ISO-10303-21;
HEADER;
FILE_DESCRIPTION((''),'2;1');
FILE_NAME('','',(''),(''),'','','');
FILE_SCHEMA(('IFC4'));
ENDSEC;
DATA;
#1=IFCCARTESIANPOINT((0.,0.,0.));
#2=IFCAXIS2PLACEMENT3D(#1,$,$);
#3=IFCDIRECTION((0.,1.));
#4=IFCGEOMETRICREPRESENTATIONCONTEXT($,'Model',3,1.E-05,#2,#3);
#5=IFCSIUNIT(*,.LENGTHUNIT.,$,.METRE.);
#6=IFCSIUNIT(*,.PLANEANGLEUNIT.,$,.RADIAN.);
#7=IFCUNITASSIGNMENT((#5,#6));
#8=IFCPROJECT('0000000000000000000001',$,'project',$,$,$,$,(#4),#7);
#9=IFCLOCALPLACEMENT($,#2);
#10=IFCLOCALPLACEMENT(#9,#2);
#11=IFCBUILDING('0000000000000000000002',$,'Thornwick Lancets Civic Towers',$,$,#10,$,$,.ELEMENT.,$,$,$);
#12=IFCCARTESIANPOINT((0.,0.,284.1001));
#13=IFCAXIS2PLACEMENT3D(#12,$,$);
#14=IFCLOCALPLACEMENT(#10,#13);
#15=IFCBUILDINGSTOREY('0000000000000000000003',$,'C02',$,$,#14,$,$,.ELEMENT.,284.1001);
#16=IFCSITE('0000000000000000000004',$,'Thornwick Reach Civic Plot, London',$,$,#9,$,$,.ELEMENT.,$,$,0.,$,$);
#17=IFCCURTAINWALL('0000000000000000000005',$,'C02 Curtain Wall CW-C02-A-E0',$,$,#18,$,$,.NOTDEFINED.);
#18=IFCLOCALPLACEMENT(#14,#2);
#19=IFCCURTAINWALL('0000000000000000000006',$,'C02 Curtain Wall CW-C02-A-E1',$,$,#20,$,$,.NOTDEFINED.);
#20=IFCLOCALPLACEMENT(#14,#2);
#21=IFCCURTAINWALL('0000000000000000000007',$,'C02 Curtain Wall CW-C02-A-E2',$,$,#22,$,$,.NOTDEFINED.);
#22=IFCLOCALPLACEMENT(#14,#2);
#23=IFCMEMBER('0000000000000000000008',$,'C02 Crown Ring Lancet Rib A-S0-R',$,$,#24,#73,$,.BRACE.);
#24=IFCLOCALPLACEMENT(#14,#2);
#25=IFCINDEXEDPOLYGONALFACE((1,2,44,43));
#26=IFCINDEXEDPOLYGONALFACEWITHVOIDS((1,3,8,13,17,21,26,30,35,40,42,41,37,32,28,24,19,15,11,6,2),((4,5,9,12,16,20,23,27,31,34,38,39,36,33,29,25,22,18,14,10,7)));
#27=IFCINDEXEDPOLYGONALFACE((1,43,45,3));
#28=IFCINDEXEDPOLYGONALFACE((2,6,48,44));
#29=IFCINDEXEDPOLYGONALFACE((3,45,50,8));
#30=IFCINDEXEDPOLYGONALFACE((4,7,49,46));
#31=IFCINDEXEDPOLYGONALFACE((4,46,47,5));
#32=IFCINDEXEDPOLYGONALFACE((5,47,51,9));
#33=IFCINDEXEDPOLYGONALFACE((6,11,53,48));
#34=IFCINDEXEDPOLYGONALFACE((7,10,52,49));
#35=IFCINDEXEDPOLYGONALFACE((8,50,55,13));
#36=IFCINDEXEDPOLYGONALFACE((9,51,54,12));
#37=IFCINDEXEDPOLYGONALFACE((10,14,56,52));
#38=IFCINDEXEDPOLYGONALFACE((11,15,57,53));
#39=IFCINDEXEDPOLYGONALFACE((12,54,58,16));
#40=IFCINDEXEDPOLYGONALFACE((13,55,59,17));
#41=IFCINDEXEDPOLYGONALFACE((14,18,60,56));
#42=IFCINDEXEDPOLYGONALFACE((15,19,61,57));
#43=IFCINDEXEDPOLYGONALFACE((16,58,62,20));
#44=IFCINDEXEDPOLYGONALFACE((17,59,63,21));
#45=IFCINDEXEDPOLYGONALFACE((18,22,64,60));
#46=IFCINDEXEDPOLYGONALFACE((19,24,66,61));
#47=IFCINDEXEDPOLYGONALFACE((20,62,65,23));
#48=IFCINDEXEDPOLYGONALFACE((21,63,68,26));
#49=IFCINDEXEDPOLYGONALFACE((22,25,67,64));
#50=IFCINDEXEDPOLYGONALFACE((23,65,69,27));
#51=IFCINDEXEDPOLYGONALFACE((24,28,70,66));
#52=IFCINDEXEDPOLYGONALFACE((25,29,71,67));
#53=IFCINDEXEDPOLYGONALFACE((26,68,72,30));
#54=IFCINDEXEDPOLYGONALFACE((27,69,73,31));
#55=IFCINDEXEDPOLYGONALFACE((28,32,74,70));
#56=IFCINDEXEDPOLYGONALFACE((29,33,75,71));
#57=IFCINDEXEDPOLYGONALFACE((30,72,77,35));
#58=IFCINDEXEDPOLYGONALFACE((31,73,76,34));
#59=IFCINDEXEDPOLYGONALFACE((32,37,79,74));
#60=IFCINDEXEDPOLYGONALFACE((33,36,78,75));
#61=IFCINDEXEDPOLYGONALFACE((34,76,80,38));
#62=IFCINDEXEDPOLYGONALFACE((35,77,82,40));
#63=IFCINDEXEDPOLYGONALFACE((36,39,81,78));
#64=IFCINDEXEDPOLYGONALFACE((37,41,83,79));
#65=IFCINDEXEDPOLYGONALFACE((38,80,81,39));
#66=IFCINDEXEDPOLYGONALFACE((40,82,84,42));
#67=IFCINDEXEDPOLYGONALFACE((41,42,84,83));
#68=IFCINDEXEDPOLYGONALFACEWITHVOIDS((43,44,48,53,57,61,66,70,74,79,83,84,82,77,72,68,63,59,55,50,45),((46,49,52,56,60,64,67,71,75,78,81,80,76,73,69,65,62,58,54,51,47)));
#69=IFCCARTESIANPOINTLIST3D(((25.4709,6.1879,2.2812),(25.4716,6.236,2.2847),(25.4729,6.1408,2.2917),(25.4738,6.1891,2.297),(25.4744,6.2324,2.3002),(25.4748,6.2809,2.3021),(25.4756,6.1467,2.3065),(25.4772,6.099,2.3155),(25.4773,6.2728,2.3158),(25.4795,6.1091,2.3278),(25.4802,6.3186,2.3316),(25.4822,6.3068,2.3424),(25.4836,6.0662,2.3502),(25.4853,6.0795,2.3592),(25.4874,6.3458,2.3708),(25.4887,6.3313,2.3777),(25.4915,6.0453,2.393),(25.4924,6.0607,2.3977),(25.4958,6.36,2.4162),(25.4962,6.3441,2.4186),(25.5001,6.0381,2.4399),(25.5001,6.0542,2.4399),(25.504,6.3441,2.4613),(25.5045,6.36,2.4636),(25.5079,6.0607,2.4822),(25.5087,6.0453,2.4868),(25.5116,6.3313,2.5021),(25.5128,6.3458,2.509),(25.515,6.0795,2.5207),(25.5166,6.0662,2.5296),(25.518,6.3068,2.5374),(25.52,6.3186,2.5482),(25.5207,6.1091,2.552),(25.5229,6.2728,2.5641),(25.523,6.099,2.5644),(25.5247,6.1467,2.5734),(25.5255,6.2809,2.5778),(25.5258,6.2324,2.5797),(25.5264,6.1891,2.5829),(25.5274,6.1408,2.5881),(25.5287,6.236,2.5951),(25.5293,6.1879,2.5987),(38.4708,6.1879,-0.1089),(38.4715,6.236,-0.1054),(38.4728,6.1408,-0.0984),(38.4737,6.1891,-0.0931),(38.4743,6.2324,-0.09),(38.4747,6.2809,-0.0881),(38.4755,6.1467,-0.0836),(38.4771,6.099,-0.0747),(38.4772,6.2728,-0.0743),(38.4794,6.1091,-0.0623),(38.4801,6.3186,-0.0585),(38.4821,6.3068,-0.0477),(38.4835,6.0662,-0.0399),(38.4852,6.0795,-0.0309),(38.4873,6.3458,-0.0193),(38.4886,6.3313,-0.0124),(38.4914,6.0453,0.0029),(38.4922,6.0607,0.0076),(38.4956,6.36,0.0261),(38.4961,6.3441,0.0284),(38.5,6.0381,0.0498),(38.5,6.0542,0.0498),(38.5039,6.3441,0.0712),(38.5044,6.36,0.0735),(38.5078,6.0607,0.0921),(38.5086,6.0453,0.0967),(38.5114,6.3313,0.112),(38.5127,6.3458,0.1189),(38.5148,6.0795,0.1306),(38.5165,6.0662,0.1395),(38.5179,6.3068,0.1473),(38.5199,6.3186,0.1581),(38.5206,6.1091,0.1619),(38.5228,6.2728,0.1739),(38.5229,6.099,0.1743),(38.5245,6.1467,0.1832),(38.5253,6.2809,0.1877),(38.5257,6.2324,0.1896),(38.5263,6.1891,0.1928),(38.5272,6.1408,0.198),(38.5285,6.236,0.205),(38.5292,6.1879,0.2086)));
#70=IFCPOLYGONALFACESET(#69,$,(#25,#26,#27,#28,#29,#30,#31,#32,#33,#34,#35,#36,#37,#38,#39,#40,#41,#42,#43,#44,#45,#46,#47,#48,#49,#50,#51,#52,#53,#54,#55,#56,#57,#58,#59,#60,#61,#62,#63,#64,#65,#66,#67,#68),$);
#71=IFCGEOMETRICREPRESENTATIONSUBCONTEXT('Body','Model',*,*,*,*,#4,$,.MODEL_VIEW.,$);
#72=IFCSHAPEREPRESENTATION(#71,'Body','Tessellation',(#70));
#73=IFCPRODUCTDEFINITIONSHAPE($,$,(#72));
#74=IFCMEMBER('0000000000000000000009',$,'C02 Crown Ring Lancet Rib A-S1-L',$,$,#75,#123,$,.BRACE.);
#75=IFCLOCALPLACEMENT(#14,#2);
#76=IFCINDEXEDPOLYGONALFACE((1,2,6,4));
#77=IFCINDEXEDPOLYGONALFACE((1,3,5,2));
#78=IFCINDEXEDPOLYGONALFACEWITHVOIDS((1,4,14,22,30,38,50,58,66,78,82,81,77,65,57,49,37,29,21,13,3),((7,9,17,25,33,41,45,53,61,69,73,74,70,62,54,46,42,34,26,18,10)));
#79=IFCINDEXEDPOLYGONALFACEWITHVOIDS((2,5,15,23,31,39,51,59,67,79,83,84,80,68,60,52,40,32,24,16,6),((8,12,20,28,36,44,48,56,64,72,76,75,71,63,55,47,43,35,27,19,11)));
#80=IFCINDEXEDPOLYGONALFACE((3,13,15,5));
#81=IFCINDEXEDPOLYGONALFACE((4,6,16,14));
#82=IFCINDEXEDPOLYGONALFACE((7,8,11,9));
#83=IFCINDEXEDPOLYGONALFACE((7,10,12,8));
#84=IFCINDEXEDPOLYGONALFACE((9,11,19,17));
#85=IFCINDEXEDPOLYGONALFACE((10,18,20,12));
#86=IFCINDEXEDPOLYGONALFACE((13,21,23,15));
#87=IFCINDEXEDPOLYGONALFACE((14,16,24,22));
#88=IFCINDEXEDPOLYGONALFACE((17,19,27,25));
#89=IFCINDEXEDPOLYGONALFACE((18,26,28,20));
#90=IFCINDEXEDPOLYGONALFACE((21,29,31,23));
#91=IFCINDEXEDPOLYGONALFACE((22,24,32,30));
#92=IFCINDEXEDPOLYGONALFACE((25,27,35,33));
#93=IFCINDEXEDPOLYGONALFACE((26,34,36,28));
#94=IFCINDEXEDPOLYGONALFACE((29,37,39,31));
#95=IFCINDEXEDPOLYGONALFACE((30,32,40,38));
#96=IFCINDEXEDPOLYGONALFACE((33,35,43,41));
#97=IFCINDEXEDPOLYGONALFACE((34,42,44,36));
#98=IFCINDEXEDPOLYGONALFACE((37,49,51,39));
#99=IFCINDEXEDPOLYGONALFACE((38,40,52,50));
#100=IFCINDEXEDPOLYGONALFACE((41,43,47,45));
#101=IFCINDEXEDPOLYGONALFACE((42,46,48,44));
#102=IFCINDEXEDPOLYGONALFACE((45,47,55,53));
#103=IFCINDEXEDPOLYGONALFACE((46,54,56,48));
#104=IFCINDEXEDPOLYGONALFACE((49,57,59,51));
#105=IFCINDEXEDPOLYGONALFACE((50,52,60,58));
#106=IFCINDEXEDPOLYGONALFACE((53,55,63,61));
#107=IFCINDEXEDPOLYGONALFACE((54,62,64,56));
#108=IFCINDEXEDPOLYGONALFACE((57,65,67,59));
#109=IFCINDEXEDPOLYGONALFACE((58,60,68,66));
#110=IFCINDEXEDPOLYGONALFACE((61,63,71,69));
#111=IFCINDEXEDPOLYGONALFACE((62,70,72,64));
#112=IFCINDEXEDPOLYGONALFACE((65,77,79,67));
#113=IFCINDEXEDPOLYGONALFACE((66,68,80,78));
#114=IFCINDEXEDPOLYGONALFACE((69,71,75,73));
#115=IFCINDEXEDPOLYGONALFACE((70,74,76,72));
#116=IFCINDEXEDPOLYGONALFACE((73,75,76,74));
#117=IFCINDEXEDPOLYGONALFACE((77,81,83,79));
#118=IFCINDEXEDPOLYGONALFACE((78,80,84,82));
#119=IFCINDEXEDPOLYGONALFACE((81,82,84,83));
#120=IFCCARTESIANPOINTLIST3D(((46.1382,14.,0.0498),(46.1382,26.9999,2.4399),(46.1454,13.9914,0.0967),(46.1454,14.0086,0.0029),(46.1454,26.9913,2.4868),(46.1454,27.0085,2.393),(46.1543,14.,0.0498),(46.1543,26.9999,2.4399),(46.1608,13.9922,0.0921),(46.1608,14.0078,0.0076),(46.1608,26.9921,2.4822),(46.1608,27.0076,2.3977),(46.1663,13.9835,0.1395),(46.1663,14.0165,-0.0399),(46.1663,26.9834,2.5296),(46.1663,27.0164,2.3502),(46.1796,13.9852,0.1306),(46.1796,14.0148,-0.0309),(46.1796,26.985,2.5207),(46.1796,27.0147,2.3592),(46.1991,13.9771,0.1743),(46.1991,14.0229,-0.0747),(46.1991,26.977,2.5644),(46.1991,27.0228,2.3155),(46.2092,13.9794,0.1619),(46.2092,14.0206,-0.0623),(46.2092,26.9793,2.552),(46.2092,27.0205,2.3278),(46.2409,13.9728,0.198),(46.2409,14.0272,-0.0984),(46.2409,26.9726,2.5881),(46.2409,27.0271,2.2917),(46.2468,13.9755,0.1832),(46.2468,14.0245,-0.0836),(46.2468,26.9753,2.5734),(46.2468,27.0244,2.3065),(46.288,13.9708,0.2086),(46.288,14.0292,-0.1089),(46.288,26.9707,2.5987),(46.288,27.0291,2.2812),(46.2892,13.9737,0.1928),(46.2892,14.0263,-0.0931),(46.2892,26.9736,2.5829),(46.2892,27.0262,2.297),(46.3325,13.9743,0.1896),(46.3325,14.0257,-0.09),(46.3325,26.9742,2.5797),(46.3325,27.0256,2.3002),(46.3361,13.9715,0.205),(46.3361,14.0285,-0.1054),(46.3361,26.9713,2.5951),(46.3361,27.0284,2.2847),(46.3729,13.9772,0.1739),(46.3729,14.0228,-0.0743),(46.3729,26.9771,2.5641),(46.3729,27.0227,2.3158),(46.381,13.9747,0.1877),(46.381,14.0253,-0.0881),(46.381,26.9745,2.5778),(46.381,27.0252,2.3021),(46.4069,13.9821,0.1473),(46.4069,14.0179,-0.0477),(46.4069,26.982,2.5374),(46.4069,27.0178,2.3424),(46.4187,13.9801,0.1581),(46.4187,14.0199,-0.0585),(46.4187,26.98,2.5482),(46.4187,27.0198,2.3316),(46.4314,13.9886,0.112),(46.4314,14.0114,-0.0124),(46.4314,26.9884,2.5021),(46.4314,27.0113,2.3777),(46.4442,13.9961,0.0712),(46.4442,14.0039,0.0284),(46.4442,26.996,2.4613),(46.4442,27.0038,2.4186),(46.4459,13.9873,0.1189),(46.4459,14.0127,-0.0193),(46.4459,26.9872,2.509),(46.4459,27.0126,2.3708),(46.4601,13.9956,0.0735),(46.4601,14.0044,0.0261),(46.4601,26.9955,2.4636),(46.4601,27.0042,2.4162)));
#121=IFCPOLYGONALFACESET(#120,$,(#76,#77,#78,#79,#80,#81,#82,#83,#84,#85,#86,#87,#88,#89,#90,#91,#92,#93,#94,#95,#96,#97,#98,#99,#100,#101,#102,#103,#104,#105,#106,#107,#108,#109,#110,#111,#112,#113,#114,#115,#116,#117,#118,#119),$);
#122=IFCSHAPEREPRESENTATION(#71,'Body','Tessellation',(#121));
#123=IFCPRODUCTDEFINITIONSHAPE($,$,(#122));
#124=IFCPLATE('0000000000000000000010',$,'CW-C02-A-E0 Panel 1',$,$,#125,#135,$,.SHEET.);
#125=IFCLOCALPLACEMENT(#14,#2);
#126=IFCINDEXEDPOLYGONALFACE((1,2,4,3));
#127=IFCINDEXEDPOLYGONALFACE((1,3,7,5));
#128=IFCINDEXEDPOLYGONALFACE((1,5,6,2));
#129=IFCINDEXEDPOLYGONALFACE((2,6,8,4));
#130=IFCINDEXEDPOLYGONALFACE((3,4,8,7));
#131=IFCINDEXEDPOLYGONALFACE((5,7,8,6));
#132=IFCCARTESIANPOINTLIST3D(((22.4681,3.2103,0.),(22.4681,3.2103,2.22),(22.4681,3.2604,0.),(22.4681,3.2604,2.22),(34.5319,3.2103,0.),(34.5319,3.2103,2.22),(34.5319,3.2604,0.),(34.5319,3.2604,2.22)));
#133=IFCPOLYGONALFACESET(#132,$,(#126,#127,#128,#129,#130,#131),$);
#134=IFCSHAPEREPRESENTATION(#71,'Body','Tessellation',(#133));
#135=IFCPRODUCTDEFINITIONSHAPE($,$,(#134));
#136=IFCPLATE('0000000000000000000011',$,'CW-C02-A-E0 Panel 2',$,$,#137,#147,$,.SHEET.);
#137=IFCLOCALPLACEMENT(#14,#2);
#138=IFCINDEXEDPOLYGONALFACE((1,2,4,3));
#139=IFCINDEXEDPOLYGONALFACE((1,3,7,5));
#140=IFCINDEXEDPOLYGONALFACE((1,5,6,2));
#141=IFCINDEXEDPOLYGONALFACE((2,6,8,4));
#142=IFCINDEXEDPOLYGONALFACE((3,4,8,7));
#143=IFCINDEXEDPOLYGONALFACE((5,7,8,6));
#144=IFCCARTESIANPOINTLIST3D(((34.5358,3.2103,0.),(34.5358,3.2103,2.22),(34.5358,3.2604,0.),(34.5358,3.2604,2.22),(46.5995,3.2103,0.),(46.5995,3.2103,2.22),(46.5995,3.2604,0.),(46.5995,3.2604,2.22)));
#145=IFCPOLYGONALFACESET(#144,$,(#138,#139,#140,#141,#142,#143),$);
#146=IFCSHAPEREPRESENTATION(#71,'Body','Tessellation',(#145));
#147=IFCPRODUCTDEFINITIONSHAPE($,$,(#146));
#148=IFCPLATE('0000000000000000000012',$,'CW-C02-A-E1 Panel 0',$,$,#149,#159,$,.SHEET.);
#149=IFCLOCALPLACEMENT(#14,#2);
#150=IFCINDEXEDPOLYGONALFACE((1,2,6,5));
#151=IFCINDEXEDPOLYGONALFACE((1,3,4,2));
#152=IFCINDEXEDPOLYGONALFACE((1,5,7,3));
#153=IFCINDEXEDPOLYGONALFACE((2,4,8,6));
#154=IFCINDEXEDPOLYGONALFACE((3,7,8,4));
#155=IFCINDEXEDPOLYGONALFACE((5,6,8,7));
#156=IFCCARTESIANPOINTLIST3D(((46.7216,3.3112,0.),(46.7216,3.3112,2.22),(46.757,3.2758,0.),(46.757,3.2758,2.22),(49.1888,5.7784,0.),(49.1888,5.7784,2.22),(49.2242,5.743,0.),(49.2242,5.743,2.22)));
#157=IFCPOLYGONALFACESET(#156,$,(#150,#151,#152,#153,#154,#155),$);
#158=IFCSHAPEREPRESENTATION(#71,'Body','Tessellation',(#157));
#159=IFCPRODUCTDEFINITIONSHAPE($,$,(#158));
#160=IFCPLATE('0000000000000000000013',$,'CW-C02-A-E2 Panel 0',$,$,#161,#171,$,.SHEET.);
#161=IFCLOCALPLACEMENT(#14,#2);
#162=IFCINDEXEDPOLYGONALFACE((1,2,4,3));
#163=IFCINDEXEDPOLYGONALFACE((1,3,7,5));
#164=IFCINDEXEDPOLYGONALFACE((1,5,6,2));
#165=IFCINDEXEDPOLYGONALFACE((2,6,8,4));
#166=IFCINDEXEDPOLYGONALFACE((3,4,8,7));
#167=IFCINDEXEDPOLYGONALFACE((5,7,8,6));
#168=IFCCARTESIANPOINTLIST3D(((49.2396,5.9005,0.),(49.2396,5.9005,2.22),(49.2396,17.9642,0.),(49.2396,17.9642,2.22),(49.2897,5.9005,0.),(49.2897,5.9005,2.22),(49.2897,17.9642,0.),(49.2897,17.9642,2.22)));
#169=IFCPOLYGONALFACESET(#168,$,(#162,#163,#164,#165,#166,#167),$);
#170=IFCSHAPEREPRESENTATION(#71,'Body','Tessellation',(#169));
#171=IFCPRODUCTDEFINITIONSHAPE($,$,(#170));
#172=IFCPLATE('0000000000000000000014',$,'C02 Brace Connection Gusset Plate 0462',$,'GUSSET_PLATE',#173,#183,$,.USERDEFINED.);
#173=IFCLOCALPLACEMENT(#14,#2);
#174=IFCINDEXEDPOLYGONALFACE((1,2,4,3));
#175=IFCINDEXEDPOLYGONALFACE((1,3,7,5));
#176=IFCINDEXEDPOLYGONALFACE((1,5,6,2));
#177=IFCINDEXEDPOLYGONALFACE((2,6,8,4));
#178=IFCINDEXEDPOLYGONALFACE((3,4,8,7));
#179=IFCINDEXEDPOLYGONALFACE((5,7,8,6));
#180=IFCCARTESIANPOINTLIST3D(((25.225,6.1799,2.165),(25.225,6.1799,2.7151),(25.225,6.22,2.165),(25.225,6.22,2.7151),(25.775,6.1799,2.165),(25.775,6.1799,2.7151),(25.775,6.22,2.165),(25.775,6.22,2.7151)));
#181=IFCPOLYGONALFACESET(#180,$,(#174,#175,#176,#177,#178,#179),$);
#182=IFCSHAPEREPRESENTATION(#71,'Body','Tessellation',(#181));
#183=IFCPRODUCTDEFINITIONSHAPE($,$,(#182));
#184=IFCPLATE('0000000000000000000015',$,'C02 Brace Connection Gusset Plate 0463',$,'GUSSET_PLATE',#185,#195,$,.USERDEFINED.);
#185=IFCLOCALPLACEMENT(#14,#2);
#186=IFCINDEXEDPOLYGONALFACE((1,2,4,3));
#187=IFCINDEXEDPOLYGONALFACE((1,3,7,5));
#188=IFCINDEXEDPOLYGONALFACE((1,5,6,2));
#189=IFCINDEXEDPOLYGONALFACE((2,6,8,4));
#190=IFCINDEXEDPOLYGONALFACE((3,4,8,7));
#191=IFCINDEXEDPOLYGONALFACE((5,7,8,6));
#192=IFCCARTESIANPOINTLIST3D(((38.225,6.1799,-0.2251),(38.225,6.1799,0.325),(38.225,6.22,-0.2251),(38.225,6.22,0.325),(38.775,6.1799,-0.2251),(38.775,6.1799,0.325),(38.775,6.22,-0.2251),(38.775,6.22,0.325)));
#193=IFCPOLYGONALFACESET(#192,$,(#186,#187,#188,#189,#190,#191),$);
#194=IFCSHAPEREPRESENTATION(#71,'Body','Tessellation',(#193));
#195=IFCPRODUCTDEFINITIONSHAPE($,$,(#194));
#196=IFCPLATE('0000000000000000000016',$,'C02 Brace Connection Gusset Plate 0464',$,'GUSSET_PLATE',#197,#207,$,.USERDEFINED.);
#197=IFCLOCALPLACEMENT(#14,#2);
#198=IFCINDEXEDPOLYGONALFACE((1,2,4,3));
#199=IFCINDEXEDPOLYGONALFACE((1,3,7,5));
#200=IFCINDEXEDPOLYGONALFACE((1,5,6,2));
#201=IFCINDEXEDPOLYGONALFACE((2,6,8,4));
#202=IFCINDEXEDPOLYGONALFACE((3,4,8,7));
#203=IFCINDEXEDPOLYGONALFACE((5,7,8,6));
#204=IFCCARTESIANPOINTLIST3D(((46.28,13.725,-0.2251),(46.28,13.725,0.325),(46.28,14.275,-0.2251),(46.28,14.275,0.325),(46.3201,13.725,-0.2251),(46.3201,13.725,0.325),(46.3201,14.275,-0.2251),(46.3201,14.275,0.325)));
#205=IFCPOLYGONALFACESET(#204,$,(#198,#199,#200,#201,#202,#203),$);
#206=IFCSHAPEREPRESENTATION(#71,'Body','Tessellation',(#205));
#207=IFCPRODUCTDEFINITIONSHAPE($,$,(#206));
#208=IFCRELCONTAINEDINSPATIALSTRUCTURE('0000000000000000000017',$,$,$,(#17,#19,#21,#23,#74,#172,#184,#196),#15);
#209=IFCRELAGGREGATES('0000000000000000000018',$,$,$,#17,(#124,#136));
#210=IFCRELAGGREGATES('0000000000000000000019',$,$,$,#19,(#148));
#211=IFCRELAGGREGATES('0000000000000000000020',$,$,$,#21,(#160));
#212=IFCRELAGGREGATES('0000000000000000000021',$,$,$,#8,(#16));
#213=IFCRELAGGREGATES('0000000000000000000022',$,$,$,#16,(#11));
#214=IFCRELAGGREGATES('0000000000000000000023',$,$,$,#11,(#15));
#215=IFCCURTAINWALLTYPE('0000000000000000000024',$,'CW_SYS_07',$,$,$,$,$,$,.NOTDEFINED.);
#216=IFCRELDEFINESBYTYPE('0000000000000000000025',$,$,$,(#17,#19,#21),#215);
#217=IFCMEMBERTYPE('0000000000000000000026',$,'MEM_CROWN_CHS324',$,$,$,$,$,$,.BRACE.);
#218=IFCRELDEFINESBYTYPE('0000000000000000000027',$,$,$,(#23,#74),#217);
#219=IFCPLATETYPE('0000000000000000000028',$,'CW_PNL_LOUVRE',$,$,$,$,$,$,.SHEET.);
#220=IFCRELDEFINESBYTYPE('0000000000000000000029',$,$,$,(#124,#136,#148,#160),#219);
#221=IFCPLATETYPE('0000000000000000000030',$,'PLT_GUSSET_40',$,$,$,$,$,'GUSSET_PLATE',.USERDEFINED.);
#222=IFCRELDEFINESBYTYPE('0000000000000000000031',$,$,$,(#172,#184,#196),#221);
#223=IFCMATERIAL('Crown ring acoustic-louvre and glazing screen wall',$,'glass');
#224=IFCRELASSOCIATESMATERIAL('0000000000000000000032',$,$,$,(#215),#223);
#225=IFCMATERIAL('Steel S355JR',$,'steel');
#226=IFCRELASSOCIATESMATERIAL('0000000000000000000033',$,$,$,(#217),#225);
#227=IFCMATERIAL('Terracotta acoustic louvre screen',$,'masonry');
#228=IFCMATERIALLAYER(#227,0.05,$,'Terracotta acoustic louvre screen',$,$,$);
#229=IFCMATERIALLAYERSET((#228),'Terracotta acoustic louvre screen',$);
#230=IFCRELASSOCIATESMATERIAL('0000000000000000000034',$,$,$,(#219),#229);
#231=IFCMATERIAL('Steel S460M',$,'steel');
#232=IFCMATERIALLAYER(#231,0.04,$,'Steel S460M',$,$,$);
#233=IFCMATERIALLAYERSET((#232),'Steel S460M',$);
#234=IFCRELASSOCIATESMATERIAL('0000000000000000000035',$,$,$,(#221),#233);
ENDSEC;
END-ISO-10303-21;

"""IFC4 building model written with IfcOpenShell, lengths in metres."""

from ifc_helpers import new_model, si_unit, direction, frame, origin, origin_2d, place, context, subcontext, project, spatial, rectangle, hollow_circle, extrude, material, layer, layer_set, material_profile, profile_set, type_object, element, aggregate, save


model = new_model("IFC4")

# Units and contexts
model_context = context("Model", 3, precision=1e-05, world=origin(), true_north=direction((0.0, 1.0)))
body_context = subcontext(model_context, "Body", "Model", "MODEL_VIEW")
ifc_project = project(units=[si_unit("LENGTHUNIT", "METRE"), si_unit("PLANEANGLEUNIT", "RADIAN")], contexts=[model_context])

# Site, building, storey
site_placement = place(None, origin())
site = spatial("IfcSite", under=ifc_project, at=site_placement, Name="Thornwick Reach Civic Plot, London", CompositionType="ELEMENT", RefElevation=0.0)
building_placement = place(site_placement, origin())
building = spatial("IfcBuilding", under=site, at=building_placement, Name="Thornwick Lancets Civic Towers", CompositionType="ELEMENT")
storey_placement = place(building_placement, frame((0.0, 0.0, 284.1001)))
storey = spatial("IfcBuildingStorey", under=building, at=storey_placement, Name="C02", CompositionType="ELEMENT", Elevation=284.1001)

# Shared definitions
ifc_material_1 = material(Name="Steel S355JR", Category="steel")

# Curtain walls
ifc_material_2 = material(Name="Crown ring acoustic-louvre and glazing screen wall", Category="glass")
curtain_wall_type = type_object("IfcCurtainWallType", Name="CW_SYS_07", PredefinedType="NOTDEFINED", material=ifc_material_2)
curtain_wall_1_placement = place(storey_placement, origin())
curtain_wall_1 = element("IfcCurtainWall", 1, at=curtain_wall_1_placement, inside=storey, type_object=curtain_wall_type, Name="C02 Curtain Wall CW-C02-A-E0", PredefinedType="NOTDEFINED")
curtain_wall_2_placement = place(storey_placement, origin())
curtain_wall_2 = element("IfcCurtainWall", 2, at=curtain_wall_2_placement, inside=storey, type_object=curtain_wall_type, Name="C02 Curtain Wall CW-C02-A-E1", PredefinedType="NOTDEFINED")
curtain_wall_3_placement = place(storey_placement, origin())
curtain_wall_3 = element("IfcCurtainWall", 3, at=curtain_wall_3_placement, inside=storey, type_object=curtain_wall_type, Name="C02 Curtain Wall CW-C02-A-E2", PredefinedType="NOTDEFINED")

# Members
ifc_material_profile_1 = material_profile(ifc_material_1, hollow_circle(Radius=0.1619, WallThickness=0.0161, at=origin_2d()), Name="CHS 323.9x16")
ifc_profile_set_1 = profile_set([ifc_material_profile_1], Name="Steel S355JR")
member_type_1 = type_object("IfcMemberType", Name="MEM_CROWN_CHS324", PredefinedType="BRACE", material=ifc_profile_set_1)
for number, where, z_axis, x_axis, name in (
    (4, (38.5, 6.2, 0.0498), (-0.983515, 0.0, 0.180826), (0.0, -1.0, 0.0), "C02 Crown Ring Lancet Rib A-S0-R"),
    (5, (46.3, 14.0, 0.0498), (0.0, 0.983515, 0.180826), (-1.0, 0.0, 0.0), "C02 Crown Ring Lancet Rib A-S1-L"),
):
    element("IfcMember", number, at=place(storey_placement, frame(where, z_axis=z_axis, x_axis=x_axis)), inside=storey, type_object=member_type_1, Name=name, PredefinedType="BRACE", context=body_context, shape_type="SweptSolid", body=[
        extrude(hollow_circle(Radius=0.1619, WallThickness=0.0161, at=origin_2d()), origin(), (0.0, 0.0, 1.0), 13.2178),
    ])

# Plates
ifc_material_3 = material(Name="Terracotta acoustic louvre screen", Category="masonry")
ifc_layer_1 = layer(ifc_material_3, 0.05, Name="Terracotta acoustic louvre screen")
ifc_layer_set_1 = layer_set([ifc_layer_1], Name="Terracotta acoustic louvre screen")
plate_type_1 = type_object("IfcPlateType", Name="CW_PNL_LOUVRE", PredefinedType="SHEET", material=ifc_layer_set_1)
plate_1_placement = place(storey_placement, frame((28.5, 3.2354, 0.0), z_axis=(0.0, 0.0, 1.0), x_axis=(1.0, 0.0, 0.0)))
plate_1 = element("IfcPlate", 6, at=plate_1_placement, type_object=plate_type_1, Name="CW-C02-A-E0 Panel 1", PredefinedType="SHEET", context=body_context, shape_type="SweptSolid", body=[
    extrude(rectangle(XDim=12.0637, YDim=0.05, at=origin_2d()), origin(), (0.0, 0.0, 1.0), 2.22),
])
plate_2_placement = place(storey_placement, frame((40.5676, 3.2354, 0.0), z_axis=(0.0, 0.0, 1.0), x_axis=(1.0, 0.0, 0.0)))
plate_2 = element("IfcPlate", 7, at=plate_2_placement, type_object=plate_type_1, Name="CW-C02-A-E0 Panel 2", PredefinedType="SHEET", context=body_context, shape_type="SweptSolid", body=[
    extrude(rectangle(XDim=12.0637, YDim=0.05, at=origin_2d()), origin(), (0.0, 0.0, 1.0), 2.22),
])
aggregate(curtain_wall_1, [plate_1, plate_2])
plate_3_placement = place(storey_placement, frame((47.9729, 4.5271, 0.0), z_axis=(0.0, 0.0, 1.0), x_axis=(0.707107, 0.707107, 0.0)))
plate_3 = element("IfcPlate", 8, at=plate_3_placement, type_object=plate_type_1, Name="CW-C02-A-E1 Panel 0", PredefinedType="SHEET", context=body_context, shape_type="SweptSolid", body=[
    extrude(rectangle(XDim=3.4893, YDim=0.05, at=origin_2d()), origin(), (0.0, 0.0, 1.0), 2.22),
])
aggregate(curtain_wall_2, [plate_3])
plate_4_placement = place(storey_placement, frame((49.2646, 11.9324, 0.0), z_axis=(0.0, 0.0, 1.0), x_axis=(0.0, 1.0, 0.0)))
plate_4 = element("IfcPlate", 9, at=plate_4_placement, type_object=plate_type_1, Name="CW-C02-A-E2 Panel 0", PredefinedType="SHEET", context=body_context, shape_type="SweptSolid", body=[
    extrude(rectangle(XDim=12.0637, YDim=0.05, at=origin_2d()), origin(), (0.0, 0.0, 1.0), 2.22),
])
aggregate(curtain_wall_3, [plate_4])

# Plates
ifc_material_4 = material(Name="Steel S460M", Category="steel")
ifc_layer_2 = layer(ifc_material_4, 0.04, Name="Steel S460M")
ifc_layer_set_2 = layer_set([ifc_layer_2], Name="Steel S460M")
plate_type_2 = type_object("IfcPlateType", Name="PLT_GUSSET_40", ElementType="GUSSET_PLATE", PredefinedType="USERDEFINED", material=ifc_layer_set_2)
for number, where, z_axis, x_axis, name in (
    (10, (25.5, 6.2, 2.165), (0.0, 0.0, 1.0), (1.0, 0.0, 0.0), "C02 Brace Connection Gusset Plate 0462"),
    (11, (38.5, 6.2, -0.2251), (0.0, 0.0, 1.0), (-1.0, 0.0, 0.0), "C02 Brace Connection Gusset Plate 0463"),
    (12, (46.3, 14.0, -0.2251), (0.0, 0.0, 1.0), (0.0, 1.0, 0.0), "C02 Brace Connection Gusset Plate 0464"),
):
    element("IfcPlate", number, at=place(storey_placement, frame(where, z_axis=z_axis, x_axis=x_axis)), inside=storey, type_object=plate_type_2, Name=name, ObjectType="GUSSET_PLATE", PredefinedType="USERDEFINED", context=body_context, shape_type="SweptSolid", body=[
        extrude(rectangle(XDim=0.55, YDim=0.04, at=origin_2d()), origin(), (0.0, 0.0, 1.0), 0.55),
    ])

save(model, "model.ifc")
